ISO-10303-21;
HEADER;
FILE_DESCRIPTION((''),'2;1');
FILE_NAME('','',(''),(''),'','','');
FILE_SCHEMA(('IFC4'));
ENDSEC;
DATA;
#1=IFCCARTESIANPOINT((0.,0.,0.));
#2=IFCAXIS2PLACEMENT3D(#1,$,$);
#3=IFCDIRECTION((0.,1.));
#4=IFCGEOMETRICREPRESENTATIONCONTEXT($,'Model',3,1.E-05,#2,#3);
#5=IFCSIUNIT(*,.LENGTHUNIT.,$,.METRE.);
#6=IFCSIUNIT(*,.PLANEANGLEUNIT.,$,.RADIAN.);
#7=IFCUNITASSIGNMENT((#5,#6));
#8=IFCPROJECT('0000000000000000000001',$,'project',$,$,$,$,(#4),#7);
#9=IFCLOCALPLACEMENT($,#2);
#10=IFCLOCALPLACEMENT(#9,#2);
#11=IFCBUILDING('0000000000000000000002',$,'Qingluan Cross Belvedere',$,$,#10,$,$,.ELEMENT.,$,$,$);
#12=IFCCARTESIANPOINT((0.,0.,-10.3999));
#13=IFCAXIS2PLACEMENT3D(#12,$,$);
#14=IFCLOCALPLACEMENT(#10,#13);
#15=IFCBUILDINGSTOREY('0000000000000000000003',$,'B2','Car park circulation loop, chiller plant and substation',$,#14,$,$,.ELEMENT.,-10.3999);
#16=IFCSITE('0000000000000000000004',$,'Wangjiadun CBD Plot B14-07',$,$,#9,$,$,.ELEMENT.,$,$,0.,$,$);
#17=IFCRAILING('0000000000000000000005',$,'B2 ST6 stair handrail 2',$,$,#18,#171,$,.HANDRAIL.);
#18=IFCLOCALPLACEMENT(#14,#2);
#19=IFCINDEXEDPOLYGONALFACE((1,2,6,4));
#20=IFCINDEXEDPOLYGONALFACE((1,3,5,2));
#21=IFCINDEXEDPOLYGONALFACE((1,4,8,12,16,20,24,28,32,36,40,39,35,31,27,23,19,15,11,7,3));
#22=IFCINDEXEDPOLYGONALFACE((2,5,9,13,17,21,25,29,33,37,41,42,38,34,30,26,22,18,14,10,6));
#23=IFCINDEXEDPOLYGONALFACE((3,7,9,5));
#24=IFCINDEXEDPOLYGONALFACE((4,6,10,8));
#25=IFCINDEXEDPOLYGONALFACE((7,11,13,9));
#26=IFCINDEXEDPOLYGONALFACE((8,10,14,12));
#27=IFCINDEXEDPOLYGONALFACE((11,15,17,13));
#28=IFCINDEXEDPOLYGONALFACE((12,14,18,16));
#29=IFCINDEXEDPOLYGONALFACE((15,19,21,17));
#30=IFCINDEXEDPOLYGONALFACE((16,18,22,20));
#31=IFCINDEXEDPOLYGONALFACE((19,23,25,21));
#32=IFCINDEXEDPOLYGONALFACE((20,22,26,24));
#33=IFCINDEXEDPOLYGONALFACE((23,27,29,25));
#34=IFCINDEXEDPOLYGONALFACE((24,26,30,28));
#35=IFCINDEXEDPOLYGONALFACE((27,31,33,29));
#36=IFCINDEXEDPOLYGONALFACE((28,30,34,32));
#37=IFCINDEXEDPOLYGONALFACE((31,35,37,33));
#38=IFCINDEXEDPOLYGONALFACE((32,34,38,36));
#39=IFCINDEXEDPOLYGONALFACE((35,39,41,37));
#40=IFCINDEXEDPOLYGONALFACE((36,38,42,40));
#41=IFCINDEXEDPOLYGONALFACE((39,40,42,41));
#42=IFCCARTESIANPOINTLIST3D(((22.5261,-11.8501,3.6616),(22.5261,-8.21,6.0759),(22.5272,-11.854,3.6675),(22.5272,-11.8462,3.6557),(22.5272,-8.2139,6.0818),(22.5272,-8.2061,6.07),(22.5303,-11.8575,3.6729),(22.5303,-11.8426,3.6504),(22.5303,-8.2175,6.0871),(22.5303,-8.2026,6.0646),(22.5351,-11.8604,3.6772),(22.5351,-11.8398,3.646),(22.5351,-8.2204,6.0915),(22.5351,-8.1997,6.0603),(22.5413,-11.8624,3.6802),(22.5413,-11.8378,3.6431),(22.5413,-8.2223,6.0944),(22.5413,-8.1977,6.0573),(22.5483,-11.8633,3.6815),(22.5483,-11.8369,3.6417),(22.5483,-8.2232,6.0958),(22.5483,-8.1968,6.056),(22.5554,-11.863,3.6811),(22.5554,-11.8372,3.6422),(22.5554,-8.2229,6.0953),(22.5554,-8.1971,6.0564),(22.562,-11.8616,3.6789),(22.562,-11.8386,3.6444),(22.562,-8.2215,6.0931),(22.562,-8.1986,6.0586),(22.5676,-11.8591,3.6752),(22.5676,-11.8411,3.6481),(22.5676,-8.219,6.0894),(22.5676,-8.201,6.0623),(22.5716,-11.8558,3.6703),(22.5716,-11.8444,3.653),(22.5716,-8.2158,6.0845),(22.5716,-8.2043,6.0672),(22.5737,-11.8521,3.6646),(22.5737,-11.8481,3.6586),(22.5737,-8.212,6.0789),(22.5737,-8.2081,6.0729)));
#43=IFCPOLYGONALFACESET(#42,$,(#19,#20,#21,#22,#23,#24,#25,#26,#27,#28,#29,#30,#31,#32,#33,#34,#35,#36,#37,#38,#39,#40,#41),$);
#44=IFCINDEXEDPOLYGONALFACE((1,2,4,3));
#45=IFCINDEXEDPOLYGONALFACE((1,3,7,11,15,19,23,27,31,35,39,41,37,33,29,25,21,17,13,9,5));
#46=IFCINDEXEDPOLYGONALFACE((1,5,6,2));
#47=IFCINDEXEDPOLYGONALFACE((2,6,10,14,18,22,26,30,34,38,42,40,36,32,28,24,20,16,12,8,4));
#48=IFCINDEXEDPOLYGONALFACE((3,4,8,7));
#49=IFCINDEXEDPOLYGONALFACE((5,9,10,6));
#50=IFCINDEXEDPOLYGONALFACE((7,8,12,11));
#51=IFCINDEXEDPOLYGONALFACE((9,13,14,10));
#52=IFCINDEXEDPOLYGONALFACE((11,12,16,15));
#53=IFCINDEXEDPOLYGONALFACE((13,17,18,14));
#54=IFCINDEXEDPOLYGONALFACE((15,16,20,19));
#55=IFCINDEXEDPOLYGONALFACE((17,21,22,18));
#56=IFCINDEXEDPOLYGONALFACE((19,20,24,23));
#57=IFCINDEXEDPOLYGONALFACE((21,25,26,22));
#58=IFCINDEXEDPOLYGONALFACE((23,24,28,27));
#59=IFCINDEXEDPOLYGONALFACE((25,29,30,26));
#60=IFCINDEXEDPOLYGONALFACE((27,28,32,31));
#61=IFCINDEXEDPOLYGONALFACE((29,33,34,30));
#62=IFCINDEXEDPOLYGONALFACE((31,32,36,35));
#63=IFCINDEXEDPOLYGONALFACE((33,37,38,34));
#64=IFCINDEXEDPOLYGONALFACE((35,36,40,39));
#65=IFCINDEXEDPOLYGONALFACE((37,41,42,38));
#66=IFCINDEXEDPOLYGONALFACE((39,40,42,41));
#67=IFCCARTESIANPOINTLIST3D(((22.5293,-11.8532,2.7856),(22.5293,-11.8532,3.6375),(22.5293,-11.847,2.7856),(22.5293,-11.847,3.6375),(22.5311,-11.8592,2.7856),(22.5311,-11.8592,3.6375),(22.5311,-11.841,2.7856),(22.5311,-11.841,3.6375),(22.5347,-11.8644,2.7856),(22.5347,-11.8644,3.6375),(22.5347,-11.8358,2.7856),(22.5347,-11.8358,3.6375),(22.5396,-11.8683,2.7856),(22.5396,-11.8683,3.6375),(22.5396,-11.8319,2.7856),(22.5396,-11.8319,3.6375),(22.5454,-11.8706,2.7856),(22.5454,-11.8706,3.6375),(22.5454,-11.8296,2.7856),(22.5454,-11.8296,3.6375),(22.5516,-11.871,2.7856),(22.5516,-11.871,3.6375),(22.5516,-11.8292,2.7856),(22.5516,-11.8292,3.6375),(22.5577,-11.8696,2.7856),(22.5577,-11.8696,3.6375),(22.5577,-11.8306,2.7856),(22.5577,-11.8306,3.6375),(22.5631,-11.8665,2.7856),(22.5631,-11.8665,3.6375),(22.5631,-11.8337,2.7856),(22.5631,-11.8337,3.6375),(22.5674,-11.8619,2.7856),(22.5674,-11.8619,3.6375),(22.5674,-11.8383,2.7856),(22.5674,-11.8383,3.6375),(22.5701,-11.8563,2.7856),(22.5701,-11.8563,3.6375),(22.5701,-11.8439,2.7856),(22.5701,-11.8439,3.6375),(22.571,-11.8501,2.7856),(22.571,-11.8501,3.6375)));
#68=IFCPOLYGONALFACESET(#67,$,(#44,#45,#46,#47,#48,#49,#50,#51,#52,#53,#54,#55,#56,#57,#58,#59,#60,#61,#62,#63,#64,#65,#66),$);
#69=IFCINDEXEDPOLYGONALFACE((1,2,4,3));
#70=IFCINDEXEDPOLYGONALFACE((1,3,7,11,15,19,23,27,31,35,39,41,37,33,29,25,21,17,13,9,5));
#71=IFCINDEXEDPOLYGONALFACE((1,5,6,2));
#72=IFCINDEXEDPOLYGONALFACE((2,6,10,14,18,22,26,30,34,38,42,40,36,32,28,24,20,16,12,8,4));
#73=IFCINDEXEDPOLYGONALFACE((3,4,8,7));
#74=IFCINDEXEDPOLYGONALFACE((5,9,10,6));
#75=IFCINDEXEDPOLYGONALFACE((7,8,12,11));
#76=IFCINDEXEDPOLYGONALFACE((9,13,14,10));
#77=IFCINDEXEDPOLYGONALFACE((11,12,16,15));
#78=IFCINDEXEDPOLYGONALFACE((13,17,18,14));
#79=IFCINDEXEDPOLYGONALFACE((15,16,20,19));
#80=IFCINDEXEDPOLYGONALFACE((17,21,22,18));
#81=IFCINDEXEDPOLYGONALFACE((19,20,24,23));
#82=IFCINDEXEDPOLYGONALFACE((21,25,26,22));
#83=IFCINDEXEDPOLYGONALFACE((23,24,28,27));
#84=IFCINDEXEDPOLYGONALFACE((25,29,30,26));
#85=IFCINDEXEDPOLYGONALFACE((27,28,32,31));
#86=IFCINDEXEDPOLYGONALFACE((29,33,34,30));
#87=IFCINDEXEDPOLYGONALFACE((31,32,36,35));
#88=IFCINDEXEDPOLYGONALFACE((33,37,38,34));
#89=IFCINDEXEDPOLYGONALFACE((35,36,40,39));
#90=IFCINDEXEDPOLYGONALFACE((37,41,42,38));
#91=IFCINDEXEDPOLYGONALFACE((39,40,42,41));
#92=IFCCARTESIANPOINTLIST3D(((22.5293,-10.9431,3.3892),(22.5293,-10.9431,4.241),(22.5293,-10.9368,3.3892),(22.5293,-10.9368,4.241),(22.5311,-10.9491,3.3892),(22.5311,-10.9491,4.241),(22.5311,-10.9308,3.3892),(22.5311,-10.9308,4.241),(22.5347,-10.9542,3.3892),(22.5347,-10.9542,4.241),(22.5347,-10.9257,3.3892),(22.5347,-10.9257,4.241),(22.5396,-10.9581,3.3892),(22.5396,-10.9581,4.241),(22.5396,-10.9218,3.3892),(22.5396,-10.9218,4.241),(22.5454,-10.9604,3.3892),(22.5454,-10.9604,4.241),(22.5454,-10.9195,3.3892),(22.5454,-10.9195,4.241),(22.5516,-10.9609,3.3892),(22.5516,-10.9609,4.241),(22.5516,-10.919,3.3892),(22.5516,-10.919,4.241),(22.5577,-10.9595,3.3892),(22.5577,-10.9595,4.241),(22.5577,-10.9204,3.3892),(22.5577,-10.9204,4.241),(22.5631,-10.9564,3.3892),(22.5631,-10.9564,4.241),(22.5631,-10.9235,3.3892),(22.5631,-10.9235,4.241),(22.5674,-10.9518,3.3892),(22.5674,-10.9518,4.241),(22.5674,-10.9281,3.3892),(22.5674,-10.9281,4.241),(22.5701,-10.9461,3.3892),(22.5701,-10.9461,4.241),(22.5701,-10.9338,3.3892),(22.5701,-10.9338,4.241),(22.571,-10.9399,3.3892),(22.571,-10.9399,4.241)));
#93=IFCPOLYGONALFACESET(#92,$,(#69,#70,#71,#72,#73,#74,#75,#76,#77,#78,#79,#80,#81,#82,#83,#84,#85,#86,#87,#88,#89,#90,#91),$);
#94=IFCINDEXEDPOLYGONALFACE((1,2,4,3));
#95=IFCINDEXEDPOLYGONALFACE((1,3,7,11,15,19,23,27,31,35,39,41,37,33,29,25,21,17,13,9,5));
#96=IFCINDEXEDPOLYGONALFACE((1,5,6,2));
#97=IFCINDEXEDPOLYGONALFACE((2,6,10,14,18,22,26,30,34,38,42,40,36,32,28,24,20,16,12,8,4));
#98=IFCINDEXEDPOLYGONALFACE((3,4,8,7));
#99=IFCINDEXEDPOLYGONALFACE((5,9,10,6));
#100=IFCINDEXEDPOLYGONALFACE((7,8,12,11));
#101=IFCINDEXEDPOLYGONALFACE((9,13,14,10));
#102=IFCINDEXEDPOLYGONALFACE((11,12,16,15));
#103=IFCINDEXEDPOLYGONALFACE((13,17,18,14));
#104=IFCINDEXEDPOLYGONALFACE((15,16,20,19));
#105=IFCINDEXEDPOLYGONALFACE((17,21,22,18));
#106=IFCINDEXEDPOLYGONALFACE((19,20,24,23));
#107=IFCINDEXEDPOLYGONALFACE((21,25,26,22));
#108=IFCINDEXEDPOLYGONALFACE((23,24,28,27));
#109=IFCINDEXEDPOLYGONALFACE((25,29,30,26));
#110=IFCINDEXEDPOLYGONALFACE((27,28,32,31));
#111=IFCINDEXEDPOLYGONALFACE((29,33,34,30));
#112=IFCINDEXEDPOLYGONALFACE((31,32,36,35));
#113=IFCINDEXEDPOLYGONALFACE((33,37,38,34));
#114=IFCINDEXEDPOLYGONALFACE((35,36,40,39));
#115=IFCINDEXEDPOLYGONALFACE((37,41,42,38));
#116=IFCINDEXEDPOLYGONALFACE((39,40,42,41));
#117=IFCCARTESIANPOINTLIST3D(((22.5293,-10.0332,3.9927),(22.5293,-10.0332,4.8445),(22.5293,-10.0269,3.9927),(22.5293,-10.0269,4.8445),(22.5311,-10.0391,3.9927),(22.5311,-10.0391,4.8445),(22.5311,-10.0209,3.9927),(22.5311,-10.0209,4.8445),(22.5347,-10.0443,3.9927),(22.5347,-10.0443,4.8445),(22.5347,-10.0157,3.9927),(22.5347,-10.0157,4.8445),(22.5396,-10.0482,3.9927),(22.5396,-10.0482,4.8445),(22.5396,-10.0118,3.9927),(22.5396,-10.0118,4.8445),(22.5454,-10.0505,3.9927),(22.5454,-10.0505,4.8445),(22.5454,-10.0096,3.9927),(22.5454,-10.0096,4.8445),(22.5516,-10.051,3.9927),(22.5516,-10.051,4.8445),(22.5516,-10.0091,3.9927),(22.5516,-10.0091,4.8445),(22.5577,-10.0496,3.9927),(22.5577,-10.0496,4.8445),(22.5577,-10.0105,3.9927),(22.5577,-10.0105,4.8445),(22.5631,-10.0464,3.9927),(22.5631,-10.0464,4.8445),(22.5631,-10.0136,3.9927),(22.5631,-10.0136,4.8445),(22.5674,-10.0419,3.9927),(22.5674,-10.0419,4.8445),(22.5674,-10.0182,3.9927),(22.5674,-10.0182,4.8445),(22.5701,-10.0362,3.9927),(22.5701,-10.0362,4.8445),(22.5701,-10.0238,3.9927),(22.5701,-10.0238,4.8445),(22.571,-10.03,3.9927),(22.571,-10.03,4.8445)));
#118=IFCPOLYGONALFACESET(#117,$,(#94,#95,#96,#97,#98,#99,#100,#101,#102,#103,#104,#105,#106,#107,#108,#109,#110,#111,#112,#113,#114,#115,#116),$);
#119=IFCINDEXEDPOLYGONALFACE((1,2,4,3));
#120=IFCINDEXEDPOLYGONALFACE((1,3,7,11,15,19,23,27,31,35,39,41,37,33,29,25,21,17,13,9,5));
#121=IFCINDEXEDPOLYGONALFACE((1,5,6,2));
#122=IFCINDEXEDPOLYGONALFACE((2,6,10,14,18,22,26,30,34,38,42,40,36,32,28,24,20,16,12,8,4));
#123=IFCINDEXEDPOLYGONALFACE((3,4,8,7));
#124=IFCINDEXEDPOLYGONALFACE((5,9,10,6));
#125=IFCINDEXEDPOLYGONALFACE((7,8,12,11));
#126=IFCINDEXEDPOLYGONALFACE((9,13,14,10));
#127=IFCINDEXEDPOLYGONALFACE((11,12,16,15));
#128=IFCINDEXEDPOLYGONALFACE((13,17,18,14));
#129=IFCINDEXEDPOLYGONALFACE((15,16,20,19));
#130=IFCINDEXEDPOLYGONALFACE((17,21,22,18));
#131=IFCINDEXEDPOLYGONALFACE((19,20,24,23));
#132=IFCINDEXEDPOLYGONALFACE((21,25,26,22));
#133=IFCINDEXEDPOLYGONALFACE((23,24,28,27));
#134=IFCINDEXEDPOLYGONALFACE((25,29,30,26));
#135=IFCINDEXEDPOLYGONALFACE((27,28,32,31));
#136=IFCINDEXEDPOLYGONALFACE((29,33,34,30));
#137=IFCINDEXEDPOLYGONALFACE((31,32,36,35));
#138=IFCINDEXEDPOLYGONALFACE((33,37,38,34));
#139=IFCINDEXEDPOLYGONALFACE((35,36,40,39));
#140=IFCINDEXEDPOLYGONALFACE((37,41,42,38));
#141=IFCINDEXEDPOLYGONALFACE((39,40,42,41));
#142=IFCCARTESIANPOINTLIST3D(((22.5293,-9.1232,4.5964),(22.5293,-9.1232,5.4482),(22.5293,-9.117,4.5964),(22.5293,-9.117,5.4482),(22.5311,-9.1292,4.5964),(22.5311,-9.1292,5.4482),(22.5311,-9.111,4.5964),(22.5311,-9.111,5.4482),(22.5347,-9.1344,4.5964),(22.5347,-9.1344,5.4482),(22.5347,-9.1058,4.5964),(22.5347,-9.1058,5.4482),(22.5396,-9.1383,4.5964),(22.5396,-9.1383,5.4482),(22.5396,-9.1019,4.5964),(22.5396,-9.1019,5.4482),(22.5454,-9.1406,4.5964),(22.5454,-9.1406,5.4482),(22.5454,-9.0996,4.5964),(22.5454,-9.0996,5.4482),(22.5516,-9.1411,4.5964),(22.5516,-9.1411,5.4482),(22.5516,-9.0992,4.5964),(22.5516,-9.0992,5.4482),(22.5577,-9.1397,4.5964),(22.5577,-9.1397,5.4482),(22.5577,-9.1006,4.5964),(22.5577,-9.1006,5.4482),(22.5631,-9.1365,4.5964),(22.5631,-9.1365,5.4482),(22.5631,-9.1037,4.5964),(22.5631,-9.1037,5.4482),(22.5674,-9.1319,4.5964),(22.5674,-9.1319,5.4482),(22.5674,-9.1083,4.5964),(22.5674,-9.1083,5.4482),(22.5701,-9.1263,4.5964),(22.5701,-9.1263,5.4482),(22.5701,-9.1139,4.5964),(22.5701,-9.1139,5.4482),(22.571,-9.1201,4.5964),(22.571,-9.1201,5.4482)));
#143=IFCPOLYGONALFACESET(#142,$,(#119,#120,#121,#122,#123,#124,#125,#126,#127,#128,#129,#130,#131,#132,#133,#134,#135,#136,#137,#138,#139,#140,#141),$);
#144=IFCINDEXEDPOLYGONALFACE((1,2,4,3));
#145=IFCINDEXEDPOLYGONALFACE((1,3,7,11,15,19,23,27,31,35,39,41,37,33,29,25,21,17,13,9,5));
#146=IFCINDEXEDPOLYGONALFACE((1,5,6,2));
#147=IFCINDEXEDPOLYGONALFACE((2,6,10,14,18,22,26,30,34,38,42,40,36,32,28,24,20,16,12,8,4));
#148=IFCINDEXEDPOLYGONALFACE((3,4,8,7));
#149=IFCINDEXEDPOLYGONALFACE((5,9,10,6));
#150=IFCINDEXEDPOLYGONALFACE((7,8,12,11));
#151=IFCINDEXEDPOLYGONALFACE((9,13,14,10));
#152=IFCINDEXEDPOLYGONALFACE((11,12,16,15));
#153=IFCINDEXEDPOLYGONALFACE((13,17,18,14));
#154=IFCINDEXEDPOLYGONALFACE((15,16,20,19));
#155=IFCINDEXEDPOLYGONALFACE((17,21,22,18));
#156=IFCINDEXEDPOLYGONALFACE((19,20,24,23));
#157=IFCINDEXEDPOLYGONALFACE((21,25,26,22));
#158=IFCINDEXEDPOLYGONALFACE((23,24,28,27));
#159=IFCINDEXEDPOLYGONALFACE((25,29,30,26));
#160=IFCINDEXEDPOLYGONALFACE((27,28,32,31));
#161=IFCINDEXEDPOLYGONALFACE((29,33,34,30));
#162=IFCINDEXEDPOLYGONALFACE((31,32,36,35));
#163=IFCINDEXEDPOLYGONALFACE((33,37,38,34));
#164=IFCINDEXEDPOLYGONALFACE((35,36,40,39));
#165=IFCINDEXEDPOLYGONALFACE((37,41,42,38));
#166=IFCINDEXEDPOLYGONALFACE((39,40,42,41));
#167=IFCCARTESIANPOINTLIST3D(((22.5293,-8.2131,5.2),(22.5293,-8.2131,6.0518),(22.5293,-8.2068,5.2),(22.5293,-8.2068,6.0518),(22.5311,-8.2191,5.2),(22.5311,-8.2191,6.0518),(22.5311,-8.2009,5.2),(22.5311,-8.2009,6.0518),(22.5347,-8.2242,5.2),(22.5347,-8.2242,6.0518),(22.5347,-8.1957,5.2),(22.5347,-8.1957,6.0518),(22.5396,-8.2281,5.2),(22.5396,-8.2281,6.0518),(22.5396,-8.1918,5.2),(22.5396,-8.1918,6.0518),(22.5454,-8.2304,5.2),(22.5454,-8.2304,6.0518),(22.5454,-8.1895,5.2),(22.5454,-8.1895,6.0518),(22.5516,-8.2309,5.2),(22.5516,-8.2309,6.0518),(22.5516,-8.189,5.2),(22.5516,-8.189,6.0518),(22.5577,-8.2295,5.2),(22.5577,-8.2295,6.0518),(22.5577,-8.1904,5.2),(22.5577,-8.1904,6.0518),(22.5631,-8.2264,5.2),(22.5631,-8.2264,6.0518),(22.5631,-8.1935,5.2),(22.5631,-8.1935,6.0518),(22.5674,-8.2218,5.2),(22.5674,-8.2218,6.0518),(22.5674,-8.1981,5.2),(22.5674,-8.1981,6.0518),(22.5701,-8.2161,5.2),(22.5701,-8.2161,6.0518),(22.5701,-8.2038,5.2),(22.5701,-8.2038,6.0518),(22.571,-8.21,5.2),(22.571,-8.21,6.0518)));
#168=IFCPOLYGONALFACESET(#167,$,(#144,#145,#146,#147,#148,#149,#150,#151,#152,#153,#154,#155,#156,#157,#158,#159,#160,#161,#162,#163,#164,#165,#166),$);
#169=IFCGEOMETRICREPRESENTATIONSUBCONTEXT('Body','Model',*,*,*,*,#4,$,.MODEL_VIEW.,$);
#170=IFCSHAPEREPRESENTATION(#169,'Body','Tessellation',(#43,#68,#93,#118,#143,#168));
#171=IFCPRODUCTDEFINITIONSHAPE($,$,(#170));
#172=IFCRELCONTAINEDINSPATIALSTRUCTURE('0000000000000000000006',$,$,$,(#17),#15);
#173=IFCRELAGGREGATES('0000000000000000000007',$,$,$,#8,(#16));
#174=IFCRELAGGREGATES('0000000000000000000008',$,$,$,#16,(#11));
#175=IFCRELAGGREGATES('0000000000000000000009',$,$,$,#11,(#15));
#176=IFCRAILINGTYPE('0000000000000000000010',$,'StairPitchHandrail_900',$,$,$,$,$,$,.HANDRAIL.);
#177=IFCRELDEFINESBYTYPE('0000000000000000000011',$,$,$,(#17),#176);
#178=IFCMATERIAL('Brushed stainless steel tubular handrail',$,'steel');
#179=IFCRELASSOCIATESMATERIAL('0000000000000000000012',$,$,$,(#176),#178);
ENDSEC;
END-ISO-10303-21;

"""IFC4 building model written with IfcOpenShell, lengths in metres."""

from ifc_helpers import new_model, si_unit, direction, frame, origin, origin_2d, place, context, subcontext, project, spatial, circle, extrude, material, type_object, element, save


model = new_model("IFC4")

# Units and contexts
model_context = context("Model", 3, precision=1e-05, world=origin(), true_north=direction((0.0, 1.0)))
body_context = subcontext(model_context, "Body", "Model", "MODEL_VIEW")
ifc_project = project(units=[si_unit("LENGTHUNIT", "METRE"), si_unit("PLANEANGLEUNIT", "RADIAN")], contexts=[model_context])

# Site, building, storey
site_placement = place(None, origin())
site = spatial("IfcSite", under=ifc_project, at=site_placement, Name="Wangjiadun CBD Plot B14-07", CompositionType="ELEMENT", RefElevation=0.0)
building_placement = place(site_placement, origin())
building = spatial("IfcBuilding", under=site, at=building_placement, Name="Qingluan Cross Belvedere", CompositionType="ELEMENT")
storey_placement = place(building_placement, frame((0.0, 0.0, -10.3999)))
storey = spatial("IfcBuildingStorey", under=building, at=storey_placement, Name="B2", Description="Car park circulation loop, chiller plant and substation", CompositionType="ELEMENT", Elevation=-10.3999)

# Railing
ifc_material_1 = material(Name="Brushed stainless steel tubular handrail", Category="steel")
railing_type_1 = type_object("IfcRailingType", Name="StairPitchHandrail_900", PredefinedType="HANDRAIL", material=ifc_material_1)
railing_1_placement = place(storey_placement, frame((22.55, -11.8501, 2.7856)))
element("IfcRailing", 1, at=railing_1_placement, inside=storey, type_object=railing_type_1, Name="B2 ST6 stair handrail 2", PredefinedType="HANDRAIL", context=body_context, shape_type="SweptSolid", body=[
    extrude(circle(Radius=0.0239, at=origin_2d()), frame((0.0, 0.0, 0.876), z_axis=(0.0, 0.833364, 0.552725), x_axis=(-1.0, 0.0, 0.0)), (0.0, 0.0, 1.0), 4.3679),
    extrude(circle(Radius=0.021, at=origin_2d()), origin(), (0.0, 0.0, 1.0), 0.8518),
    extrude(circle(Radius=0.021, at=origin_2d()), frame((0.0, 0.9102, 0.6035)), (0.0, 0.0, 1.0), 0.8518),
    extrude(circle(Radius=0.021, at=origin_2d()), frame((0.0, 1.8201, 1.207)), (0.0, 0.0, 1.0), 0.8518),
    extrude(circle(Radius=0.021, at=origin_2d()), frame((0.0, 2.73, 1.8108)), (0.0, 0.0, 1.0), 0.8518),
    extrude(circle(Radius=0.021, at=origin_2d()), frame((0.0, 3.6401, 2.4143)), (0.0, 0.0, 1.0), 0.8518),
])

save(model, "model.ifc")
